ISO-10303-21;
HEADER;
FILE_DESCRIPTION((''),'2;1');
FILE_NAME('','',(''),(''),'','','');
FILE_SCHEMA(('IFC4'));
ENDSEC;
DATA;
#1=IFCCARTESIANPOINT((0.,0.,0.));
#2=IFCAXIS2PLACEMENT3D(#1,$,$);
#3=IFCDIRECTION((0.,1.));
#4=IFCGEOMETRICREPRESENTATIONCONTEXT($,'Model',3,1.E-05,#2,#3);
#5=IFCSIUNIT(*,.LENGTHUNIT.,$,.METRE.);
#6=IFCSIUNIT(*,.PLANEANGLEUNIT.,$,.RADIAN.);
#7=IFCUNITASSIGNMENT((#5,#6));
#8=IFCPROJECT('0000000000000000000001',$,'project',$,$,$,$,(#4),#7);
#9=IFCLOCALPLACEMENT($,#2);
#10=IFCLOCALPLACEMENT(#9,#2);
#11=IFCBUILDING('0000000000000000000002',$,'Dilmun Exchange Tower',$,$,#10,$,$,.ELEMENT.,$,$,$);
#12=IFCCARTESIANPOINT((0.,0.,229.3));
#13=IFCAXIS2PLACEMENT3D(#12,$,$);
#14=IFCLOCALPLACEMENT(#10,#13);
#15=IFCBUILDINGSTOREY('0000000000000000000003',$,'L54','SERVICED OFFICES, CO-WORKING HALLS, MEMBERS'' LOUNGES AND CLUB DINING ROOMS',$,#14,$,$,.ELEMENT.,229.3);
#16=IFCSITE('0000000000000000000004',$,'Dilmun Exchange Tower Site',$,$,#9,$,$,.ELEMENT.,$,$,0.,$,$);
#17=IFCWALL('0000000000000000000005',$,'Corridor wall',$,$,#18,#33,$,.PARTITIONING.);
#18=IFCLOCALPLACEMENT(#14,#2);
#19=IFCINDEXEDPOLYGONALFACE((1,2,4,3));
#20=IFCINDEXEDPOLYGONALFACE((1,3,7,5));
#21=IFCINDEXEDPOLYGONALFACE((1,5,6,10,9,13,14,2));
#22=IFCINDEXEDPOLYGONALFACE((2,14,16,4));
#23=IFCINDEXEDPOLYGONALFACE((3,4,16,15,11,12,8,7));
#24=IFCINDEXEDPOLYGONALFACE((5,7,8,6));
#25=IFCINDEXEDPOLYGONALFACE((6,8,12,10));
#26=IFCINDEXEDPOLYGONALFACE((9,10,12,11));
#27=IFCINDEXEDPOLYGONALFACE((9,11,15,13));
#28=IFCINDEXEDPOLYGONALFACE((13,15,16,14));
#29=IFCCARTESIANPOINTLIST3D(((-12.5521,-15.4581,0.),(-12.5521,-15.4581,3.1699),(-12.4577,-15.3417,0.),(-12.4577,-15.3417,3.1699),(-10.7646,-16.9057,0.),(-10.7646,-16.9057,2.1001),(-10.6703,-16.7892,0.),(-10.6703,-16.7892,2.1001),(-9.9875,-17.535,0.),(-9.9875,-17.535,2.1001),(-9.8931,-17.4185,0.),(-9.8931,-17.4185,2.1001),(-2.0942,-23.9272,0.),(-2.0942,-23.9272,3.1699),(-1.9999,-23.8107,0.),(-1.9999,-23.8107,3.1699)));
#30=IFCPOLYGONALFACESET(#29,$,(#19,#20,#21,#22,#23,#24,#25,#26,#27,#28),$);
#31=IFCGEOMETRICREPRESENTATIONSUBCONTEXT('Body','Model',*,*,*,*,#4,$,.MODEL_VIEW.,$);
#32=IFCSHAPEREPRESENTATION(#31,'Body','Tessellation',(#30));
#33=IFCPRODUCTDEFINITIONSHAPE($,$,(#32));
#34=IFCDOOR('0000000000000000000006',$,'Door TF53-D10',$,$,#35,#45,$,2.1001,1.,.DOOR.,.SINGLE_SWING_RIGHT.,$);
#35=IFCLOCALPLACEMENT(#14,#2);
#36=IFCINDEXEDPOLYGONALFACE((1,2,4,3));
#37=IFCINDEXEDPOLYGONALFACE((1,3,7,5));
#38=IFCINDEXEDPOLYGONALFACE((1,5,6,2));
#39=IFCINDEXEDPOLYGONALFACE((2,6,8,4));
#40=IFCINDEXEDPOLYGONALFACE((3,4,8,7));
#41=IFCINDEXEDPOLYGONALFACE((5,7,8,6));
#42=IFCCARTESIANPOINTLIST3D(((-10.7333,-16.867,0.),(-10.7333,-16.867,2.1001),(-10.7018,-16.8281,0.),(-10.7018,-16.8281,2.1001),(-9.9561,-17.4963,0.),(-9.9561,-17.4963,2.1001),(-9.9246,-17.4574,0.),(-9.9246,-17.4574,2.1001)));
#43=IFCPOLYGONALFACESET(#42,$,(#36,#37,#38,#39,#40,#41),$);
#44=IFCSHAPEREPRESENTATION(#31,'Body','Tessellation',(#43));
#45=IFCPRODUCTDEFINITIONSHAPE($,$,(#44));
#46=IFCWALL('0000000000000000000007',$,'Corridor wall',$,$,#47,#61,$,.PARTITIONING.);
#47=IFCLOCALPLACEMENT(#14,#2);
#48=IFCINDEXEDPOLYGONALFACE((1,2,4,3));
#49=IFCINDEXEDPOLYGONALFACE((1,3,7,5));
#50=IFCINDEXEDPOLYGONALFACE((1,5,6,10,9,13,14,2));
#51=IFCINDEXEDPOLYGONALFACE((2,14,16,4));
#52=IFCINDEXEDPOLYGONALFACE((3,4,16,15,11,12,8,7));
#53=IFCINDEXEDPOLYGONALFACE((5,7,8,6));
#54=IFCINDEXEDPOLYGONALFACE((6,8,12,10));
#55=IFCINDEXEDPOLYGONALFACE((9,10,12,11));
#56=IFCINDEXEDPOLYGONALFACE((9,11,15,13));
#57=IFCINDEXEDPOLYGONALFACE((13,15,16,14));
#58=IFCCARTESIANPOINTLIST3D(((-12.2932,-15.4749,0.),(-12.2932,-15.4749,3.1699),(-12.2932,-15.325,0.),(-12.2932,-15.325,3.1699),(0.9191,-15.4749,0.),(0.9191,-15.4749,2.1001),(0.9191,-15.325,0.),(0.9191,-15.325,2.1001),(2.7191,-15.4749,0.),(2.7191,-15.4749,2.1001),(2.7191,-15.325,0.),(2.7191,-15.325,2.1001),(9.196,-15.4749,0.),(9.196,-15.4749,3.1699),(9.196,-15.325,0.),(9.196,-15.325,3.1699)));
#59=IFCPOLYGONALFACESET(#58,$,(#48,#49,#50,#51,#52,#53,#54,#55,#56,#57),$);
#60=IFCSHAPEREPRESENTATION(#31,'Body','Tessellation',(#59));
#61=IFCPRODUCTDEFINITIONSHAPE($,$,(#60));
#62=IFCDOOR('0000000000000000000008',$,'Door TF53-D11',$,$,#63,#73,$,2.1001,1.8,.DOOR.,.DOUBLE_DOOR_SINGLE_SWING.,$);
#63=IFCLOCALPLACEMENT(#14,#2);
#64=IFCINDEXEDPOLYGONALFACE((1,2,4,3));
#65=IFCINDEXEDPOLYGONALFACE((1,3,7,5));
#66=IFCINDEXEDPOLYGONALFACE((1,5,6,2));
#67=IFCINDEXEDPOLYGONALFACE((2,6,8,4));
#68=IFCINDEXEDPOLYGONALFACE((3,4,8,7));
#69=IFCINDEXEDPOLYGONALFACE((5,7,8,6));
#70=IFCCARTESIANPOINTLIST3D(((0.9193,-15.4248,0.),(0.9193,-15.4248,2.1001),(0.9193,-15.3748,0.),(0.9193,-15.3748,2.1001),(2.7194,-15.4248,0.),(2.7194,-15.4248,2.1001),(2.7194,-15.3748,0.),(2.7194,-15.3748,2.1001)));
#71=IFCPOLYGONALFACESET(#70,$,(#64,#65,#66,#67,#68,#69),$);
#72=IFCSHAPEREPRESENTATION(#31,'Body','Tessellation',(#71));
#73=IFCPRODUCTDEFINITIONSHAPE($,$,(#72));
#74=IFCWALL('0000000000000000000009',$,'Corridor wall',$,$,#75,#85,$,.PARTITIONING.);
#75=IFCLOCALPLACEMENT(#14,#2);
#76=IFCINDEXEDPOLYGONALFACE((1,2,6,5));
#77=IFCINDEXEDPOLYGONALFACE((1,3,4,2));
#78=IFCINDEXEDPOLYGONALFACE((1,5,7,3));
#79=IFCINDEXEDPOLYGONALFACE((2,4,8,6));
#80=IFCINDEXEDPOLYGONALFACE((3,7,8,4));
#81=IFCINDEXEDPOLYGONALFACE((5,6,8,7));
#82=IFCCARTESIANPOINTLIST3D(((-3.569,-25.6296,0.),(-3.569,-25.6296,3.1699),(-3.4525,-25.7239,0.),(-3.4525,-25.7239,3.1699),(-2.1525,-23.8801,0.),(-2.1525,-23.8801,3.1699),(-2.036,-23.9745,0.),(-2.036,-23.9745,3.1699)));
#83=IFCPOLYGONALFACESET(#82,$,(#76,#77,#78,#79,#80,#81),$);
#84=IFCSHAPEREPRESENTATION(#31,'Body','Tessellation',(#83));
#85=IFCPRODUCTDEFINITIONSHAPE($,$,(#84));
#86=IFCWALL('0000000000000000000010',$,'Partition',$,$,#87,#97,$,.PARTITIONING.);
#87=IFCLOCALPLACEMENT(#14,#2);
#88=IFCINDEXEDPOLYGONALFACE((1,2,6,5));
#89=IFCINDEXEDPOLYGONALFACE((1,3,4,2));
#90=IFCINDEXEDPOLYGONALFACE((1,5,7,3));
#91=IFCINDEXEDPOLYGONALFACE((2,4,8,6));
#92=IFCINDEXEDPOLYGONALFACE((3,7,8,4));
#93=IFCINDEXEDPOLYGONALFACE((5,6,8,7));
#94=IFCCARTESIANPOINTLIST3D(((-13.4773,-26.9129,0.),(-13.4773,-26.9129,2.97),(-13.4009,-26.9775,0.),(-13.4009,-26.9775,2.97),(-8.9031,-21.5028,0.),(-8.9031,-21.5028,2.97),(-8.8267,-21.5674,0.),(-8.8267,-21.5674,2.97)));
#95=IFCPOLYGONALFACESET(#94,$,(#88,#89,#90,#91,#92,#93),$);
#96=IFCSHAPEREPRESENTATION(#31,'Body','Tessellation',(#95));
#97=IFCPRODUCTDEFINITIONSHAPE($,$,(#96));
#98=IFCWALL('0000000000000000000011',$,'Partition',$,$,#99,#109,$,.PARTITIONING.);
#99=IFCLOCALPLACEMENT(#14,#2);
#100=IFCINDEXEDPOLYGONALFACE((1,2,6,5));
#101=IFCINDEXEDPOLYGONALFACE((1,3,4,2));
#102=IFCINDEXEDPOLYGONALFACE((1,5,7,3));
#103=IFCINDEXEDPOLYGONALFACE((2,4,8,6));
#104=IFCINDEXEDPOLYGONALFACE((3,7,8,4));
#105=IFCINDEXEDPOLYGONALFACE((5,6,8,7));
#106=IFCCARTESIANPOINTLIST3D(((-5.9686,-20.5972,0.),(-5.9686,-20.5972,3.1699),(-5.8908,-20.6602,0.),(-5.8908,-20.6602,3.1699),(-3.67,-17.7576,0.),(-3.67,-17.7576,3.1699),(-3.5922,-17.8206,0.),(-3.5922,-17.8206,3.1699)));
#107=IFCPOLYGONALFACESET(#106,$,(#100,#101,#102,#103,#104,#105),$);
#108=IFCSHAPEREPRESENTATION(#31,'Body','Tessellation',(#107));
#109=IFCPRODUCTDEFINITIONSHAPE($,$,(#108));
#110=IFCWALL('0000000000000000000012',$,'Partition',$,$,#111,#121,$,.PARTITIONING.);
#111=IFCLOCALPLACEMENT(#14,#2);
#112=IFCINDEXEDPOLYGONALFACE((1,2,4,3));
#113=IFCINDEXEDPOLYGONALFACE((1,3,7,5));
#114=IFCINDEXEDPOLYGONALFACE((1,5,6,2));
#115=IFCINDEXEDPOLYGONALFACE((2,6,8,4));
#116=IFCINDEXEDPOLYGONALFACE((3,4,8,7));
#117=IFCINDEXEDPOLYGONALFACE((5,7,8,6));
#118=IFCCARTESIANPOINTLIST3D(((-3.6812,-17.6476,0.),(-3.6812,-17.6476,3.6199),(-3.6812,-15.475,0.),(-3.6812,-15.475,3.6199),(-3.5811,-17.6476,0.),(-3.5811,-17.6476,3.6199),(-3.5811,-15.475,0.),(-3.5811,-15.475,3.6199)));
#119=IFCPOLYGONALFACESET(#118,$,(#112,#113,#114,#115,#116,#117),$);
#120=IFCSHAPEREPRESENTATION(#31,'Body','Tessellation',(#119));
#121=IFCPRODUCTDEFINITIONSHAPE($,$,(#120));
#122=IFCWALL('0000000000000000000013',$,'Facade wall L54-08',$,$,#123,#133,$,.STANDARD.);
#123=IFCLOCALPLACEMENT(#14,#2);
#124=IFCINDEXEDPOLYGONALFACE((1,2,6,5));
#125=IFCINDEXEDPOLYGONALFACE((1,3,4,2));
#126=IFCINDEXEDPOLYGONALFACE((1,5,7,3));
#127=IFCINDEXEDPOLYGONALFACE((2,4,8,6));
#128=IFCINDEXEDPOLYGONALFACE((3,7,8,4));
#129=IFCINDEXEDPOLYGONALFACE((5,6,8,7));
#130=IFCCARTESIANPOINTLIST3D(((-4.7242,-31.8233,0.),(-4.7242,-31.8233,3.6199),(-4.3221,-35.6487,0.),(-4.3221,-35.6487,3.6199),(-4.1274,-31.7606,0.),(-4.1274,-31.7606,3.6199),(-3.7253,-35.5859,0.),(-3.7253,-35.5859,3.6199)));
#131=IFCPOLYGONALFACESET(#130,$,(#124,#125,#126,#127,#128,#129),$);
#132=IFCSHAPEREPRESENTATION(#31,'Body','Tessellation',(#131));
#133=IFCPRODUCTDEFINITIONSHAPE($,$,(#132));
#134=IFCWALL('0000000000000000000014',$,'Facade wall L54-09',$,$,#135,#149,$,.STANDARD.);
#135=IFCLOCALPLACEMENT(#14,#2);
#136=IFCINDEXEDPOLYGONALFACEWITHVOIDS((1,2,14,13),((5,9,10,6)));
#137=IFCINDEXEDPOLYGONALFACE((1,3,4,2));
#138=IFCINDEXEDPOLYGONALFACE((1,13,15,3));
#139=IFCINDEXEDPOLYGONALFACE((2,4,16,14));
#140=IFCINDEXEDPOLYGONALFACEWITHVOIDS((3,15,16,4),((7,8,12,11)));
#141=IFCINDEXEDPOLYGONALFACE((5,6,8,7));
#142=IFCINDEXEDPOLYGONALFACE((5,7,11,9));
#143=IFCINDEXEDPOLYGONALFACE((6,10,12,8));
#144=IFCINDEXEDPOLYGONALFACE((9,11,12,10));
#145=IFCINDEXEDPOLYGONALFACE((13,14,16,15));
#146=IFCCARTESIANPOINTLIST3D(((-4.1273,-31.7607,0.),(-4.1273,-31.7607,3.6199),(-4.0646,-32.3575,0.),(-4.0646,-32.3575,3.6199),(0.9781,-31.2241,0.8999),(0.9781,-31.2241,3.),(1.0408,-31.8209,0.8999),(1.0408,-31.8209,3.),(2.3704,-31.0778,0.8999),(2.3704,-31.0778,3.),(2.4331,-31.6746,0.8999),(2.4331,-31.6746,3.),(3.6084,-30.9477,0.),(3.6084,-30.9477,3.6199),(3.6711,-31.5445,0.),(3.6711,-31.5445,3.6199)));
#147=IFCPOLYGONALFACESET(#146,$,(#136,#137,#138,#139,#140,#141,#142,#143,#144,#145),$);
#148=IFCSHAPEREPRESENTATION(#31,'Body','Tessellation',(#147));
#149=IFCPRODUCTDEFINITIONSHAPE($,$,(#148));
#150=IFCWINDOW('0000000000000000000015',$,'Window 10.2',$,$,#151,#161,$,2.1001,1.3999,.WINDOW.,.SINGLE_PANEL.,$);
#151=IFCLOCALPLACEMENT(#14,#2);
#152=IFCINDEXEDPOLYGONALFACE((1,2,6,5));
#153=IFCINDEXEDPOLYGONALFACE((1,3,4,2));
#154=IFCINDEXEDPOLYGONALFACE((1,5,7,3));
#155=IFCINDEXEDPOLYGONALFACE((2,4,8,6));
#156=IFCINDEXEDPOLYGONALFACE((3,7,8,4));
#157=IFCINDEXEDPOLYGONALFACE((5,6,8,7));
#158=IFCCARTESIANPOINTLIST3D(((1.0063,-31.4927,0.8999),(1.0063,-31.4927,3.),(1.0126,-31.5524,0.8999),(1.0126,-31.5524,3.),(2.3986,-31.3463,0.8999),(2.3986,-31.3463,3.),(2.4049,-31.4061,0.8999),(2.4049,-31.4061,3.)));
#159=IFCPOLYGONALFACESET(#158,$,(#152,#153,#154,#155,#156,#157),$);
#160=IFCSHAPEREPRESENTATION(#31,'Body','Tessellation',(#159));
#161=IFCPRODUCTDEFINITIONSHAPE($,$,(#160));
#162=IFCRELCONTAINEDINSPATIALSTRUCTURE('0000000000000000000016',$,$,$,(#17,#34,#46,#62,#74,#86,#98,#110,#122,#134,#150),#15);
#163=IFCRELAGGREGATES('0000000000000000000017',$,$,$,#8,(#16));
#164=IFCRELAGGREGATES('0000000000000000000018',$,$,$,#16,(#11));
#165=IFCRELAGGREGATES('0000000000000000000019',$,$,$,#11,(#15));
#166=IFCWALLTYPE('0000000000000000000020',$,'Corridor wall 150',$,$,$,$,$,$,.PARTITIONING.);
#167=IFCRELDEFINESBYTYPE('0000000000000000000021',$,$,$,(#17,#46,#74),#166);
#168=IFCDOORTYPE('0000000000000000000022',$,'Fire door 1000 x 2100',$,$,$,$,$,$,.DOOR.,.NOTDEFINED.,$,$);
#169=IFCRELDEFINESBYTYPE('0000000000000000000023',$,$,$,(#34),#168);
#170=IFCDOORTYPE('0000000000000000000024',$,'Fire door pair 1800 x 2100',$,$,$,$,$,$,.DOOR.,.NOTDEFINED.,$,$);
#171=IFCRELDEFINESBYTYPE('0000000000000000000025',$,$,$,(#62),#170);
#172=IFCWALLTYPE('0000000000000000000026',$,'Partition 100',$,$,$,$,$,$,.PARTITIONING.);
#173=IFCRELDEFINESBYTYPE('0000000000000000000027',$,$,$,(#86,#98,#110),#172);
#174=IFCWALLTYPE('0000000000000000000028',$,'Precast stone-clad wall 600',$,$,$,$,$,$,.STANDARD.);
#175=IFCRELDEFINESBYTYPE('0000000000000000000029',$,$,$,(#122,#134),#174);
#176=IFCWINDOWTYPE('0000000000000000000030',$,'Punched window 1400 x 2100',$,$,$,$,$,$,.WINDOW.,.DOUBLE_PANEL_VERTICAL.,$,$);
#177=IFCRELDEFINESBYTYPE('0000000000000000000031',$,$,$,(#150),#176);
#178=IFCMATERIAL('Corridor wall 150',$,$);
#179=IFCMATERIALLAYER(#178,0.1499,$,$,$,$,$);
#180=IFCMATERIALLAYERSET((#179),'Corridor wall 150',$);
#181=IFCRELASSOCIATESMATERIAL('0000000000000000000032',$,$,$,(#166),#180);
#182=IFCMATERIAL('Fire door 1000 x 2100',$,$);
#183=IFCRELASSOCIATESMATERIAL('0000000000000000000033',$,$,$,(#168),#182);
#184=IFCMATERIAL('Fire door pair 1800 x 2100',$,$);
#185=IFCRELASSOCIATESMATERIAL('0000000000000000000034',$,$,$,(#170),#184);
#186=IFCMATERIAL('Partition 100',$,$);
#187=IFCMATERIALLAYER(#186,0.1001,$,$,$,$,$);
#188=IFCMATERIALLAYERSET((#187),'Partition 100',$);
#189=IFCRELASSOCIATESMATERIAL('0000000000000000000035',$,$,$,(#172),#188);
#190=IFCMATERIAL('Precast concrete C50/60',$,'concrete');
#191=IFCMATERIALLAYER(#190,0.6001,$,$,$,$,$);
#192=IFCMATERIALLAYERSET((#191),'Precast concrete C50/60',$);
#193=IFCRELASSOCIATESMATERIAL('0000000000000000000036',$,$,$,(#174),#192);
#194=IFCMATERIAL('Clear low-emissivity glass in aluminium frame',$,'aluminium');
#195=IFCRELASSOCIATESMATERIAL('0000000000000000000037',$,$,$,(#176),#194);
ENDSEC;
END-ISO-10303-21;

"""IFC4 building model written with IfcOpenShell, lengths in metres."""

from ifc_helpers import new_model, si_unit, direction, frame, frame_2d, origin, place, context, subcontext, project, spatial, rectangle, extrude, material, layer, layer_set, type_object, element, fill, save


model = new_model("IFC4")

# Units and contexts
model_context = context("Model", 3, precision=1e-05, world=origin(), true_north=direction((0.0, 1.0)))
body_context = subcontext(model_context, "Body", "Model", "MODEL_VIEW")
ifc_project = project(units=[si_unit("LENGTHUNIT", "METRE"), si_unit("PLANEANGLEUNIT", "RADIAN")], contexts=[model_context])

# Site, building, storey
site_placement = place(None, origin())
site = spatial("IfcSite", under=ifc_project, at=site_placement, Name="Dilmun Exchange Tower Site", CompositionType="ELEMENT", RefElevation=0.0)
building_placement = place(site_placement, origin())
building = spatial("IfcBuilding", under=site, at=building_placement, Name="Dilmun Exchange Tower", CompositionType="ELEMENT")
storey_placement = place(building_placement, frame((0.0, 0.0, 229.3)))
storey = spatial("IfcBuildingStorey", under=building, at=storey_placement, Name="L54", Description="SERVICED OFFICES, CO-WORKING HALLS, MEMBERS' LOUNGES AND CLUB DINING ROOMS", CompositionType="ELEMENT", Elevation=229.3)

# Walls, openings, doors
ifc_material_1 = material(Name="Corridor wall 150")
ifc_layer_1 = layer(ifc_material_1, 0.1499)
ifc_layer_set_1 = layer_set([ifc_layer_1], Name="Corridor wall 150")
wall_type_1 = type_object("IfcWallType", Name="Corridor wall 150", PredefinedType="PARTITIONING", material=ifc_layer_set_1)
wall_1_placement = place(storey_placement, frame((-12.5049, -15.3999, 0.0), z_axis=(0.0, 0.0, 1.0), x_axis=(0.777129, -0.629341, 0.0)))
wall_1 = element("IfcWall", 1, at=wall_1_placement, inside=storey, type_object=wall_type_1, Name="Corridor wall", PredefinedType="PARTITIONING", context=body_context, shape_type="SweptSolid", body=[
    extrude(rectangle(XDim=13.457, YDim=0.1499, at=frame_2d((6.7285, 0.0))), origin(), (0.0, 0.0, 1.0), 3.1699),
])
opening_1_placement = place(wall_1_placement, frame((2.3, 0.0, 0.0)))
opening_1 = element("IfcOpeningElement", 2, at=opening_1_placement, cuts=wall_1, PredefinedType="OPENING", context=body_context, shape_type="SweptSolid", body=[
    extrude(rectangle(XDim=1.0, YDim=2.1001, at=frame_2d((0.5, 1.05))), frame((0.0, 0.085, 0.0), z_axis=(0.0, -1.0, 0.0), x_axis=(1.0, 0.0, 0.0)), (0.0, 0.0, 1.0), 0.1699),
])
ifc_material_2 = material(Name="Fire door 1000 x 2100")
door_type_1 = type_object("IfcDoorType", Name="Fire door 1000 x 2100", OperationType="NOTDEFINED", PredefinedType="DOOR", material=ifc_material_2)
door_1_placement = place(opening_1_placement, origin())
door_1 = element("IfcDoor", 3, at=door_1_placement, inside=storey, type_object=door_type_1, Name="Door TF53-D10", OperationType="SINGLE_SWING_RIGHT", OverallHeight=2.1001, OverallWidth=1.0, PredefinedType="DOOR", context=body_context, shape_type="SweptSolid", body=[
    extrude(rectangle(XDim=1.0, YDim=2.1001, at=frame_2d((0.5, 1.05))), frame((0.0, 0.0249, 0.0), z_axis=(0.0, -1.0, 0.0), x_axis=(1.0, 0.0, 0.0)), (0.0, 0.0, 1.0), 0.05),
])
fill(opening_1, door_1)
wall_2_placement = place(storey_placement, frame((-12.2932, -15.3999, 0.0), z_axis=(0.0, 0.0, 1.0), x_axis=(1.0, 0.0, 0.0)))
wall_2 = element("IfcWall", 4, at=wall_2_placement, inside=storey, type_object=wall_type_1, Name="Corridor wall", PredefinedType="PARTITIONING", context=body_context, shape_type="SweptSolid", body=[
    extrude(rectangle(XDim=21.4893, YDim=0.1499, at=frame_2d((10.7446, 0.0))), origin(), (0.0, 0.0, 1.0), 3.1699),
])
opening_2_placement = place(wall_2_placement, frame((13.2124, 0.0, 0.0)))
opening_2 = element("IfcOpeningElement", 5, at=opening_2_placement, cuts=wall_2, PredefinedType="OPENING", context=body_context, shape_type="SweptSolid", body=[
    extrude(rectangle(XDim=1.8, YDim=2.1001, at=frame_2d((0.8999, 1.05))), frame((0.0, 0.085, 0.0), z_axis=(0.0, -1.0, 0.0), x_axis=(1.0, 0.0, 0.0)), (0.0, 0.0, 1.0), 0.1699),
])
ifc_material_3 = material(Name="Fire door pair 1800 x 2100")
door_type_2 = type_object("IfcDoorType", Name="Fire door pair 1800 x 2100", OperationType="NOTDEFINED", PredefinedType="DOOR", material=ifc_material_3)
door_2_placement = place(opening_2_placement, frame((1.8, 0.0, 0.0), z_axis=(0.0, 0.0, 1.0), x_axis=(-1.0, 0.0, 0.0)))
door_2 = element("IfcDoor", 6, at=door_2_placement, inside=storey, type_object=door_type_2, Name="Door TF53-D11", OperationType="DOUBLE_DOOR_SINGLE_SWING", OverallHeight=2.1001, OverallWidth=1.8, PredefinedType="DOOR", context=body_context, shape_type="SweptSolid", body=[
    extrude(rectangle(XDim=1.8, YDim=2.1001, at=frame_2d((0.8999, 1.05))), frame((0.0, 0.0249, 0.0), z_axis=(0.0, -1.0, 0.0), x_axis=(1.0, 0.0, 0.0)), (0.0, 0.0, 1.0), 0.05),
])
fill(opening_2, door_2)

# Walls
wall_3_placement = place(storey_placement, frame((-3.5107, -25.6768, 0.0), z_axis=(0.0, 0.0, 1.0), x_axis=(0.629261, 0.777194, 0.0)))
element("IfcWall", 7, at=wall_3_placement, inside=storey, type_object=wall_type_1, Name="Corridor wall", PredefinedType="PARTITIONING", context=body_context, shape_type="SweptSolid", body=[
    extrude(rectangle(XDim=2.251, YDim=0.1499, at=frame_2d((1.1255, 0.0))), origin(), (0.0, 0.0, 1.0), 3.1699),
])
ifc_material_4 = material(Name="Partition 100")
ifc_layer_2 = layer(ifc_material_4, 0.1001)
ifc_layer_set_2 = layer_set([ifc_layer_2], Name="Partition 100")
wall_type_2 = type_object("IfcWallType", Name="Partition 100", PredefinedType="PARTITIONING", material=ifc_layer_set_2)
wall_4_placement = place(storey_placement, frame((-13.4392, -26.9453, 0.0), z_axis=(0.0, 0.0, 1.0), x_axis=(0.645646, 0.763637, 0.0)))
element("IfcWall", 8, at=wall_4_placement, inside=storey, type_object=wall_type_2, Name="Partition", PredefinedType="PARTITIONING", context=body_context, shape_type="SweptSolid", body=[
    extrude(rectangle(XDim=7.0847, YDim=0.1001, at=frame_2d((3.5425, 0.0))), origin(), (0.0, 0.0, 1.0), 2.97),
])
wall_5_placement = place(storey_placement, frame((-5.9297, -20.6287, 0.0), z_axis=(0.0, 0.0, 1.0), x_axis=(0.629175, 0.777264, 0.0)))
element("IfcWall", 9, at=wall_5_placement, inside=storey, type_object=wall_type_2, Name="Partition", PredefinedType="PARTITIONING", context=body_context, shape_type="SweptSolid", body=[
    extrude(rectangle(XDim=3.6533, YDim=0.1001, at=frame_2d((1.8267, 0.0))), origin(), (0.0, 0.0, 1.0), 3.1699),
])
wall_6_placement = place(storey_placement, frame((-3.6311, -17.6477, 0.0), z_axis=(0.0, 0.0, 1.0), x_axis=(0.0, 1.0, 0.0)))
element("IfcWall", 10, at=wall_6_placement, inside=storey, type_object=wall_type_2, Name="Partition", PredefinedType="PARTITIONING", context=body_context, shape_type="SweptSolid", body=[
    extrude(rectangle(XDim=2.1726, YDim=0.1001, at=frame_2d((1.0864, 0.0))), origin(), (0.0, 0.0, 1.0), 3.6199),
])
ifc_material_5 = material(Name="Precast concrete C50/60", Category="concrete")
ifc_layer_3 = layer(ifc_material_5, 0.6001)
ifc_layer_set_3 = layer_set([ifc_layer_3], Name="Precast concrete C50/60")
wall_type_3 = type_object("IfcWallType", Name="Precast stone-clad wall 600", PredefinedType="STANDARD", material=ifc_layer_set_3)
wall_7_placement = place(storey_placement, frame((-4.0237, -35.6174, 0.0), z_axis=(0.0, 0.0, 1.0), x_axis=(-0.104536, 0.994521, 0.0)))
element("IfcWall", 11, at=wall_7_placement, inside=storey, type_object=wall_type_3, Name="Facade wall L54-08", PredefinedType="STANDARD", context=body_context, shape_type="SweptSolid", body=[
    extrude(rectangle(XDim=3.8464, YDim=0.6001, at=frame_2d((1.9233, 0.0))), origin(), (0.0, 0.0, 1.0), 3.6199),
])

# Wall, opening, window
wall_8_placement = place(storey_placement, frame((-4.0959, -32.0591, 0.0), z_axis=(0.0, 0.0, 1.0), x_axis=(0.994523, 0.104521, 0.0)))
wall_8 = element("IfcWall", 12, at=wall_8_placement, inside=storey, type_object=wall_type_3, Name="Facade wall L54-09", PredefinedType="STANDARD", context=body_context, shape_type="SweptSolid", body=[
    extrude(rectangle(XDim=7.7783, YDim=0.6001, at=frame_2d((3.8892, 0.0))), origin(), (0.0, 0.0, 1.0), 3.6199),
])
opening_3_placement = place(wall_8_placement, frame((5.1335, 0.0, 0.8999)))
opening_3 = element("IfcOpeningElement", 13, at=opening_3_placement, cuts=wall_8, PredefinedType="OPENING", context=body_context, shape_type="SweptSolid", body=[
    extrude(rectangle(XDim=1.3999, YDim=2.1001, at=frame_2d((0.7, 1.05))), frame((0.0, 0.3101, 0.0), z_axis=(0.0, -1.0, 0.0), x_axis=(1.0, 0.0, 0.0)), (0.0, 0.0, 1.0), 0.6201),
])
ifc_material_6 = material(Name="Clear low-emissivity glass in aluminium frame", Category="aluminium")
window_type = type_object("IfcWindowType", Name="Punched window 1400 x 2100", PartitioningType="DOUBLE_PANEL_VERTICAL", PredefinedType="WINDOW", material=ifc_material_6)
window_placement = place(opening_3_placement, origin())
window = element("IfcWindow", 14, at=window_placement, inside=storey, type_object=window_type, Name="Window 10.2", OverallHeight=2.1001, OverallWidth=1.3999, PartitioningType="SINGLE_PANEL", PredefinedType="WINDOW", context=body_context, shape_type="SweptSolid", body=[
    extrude(rectangle(XDim=1.3999, YDim=2.1001, at=frame_2d((0.7, 1.05))), frame((0.0, 0.03, 0.0), z_axis=(0.0, -1.0, 0.0), x_axis=(1.0, 0.0, 0.0)), (0.0, 0.0, 1.0), 0.0601),
])
fill(opening_3, window)

save(model, "model.ifc")
